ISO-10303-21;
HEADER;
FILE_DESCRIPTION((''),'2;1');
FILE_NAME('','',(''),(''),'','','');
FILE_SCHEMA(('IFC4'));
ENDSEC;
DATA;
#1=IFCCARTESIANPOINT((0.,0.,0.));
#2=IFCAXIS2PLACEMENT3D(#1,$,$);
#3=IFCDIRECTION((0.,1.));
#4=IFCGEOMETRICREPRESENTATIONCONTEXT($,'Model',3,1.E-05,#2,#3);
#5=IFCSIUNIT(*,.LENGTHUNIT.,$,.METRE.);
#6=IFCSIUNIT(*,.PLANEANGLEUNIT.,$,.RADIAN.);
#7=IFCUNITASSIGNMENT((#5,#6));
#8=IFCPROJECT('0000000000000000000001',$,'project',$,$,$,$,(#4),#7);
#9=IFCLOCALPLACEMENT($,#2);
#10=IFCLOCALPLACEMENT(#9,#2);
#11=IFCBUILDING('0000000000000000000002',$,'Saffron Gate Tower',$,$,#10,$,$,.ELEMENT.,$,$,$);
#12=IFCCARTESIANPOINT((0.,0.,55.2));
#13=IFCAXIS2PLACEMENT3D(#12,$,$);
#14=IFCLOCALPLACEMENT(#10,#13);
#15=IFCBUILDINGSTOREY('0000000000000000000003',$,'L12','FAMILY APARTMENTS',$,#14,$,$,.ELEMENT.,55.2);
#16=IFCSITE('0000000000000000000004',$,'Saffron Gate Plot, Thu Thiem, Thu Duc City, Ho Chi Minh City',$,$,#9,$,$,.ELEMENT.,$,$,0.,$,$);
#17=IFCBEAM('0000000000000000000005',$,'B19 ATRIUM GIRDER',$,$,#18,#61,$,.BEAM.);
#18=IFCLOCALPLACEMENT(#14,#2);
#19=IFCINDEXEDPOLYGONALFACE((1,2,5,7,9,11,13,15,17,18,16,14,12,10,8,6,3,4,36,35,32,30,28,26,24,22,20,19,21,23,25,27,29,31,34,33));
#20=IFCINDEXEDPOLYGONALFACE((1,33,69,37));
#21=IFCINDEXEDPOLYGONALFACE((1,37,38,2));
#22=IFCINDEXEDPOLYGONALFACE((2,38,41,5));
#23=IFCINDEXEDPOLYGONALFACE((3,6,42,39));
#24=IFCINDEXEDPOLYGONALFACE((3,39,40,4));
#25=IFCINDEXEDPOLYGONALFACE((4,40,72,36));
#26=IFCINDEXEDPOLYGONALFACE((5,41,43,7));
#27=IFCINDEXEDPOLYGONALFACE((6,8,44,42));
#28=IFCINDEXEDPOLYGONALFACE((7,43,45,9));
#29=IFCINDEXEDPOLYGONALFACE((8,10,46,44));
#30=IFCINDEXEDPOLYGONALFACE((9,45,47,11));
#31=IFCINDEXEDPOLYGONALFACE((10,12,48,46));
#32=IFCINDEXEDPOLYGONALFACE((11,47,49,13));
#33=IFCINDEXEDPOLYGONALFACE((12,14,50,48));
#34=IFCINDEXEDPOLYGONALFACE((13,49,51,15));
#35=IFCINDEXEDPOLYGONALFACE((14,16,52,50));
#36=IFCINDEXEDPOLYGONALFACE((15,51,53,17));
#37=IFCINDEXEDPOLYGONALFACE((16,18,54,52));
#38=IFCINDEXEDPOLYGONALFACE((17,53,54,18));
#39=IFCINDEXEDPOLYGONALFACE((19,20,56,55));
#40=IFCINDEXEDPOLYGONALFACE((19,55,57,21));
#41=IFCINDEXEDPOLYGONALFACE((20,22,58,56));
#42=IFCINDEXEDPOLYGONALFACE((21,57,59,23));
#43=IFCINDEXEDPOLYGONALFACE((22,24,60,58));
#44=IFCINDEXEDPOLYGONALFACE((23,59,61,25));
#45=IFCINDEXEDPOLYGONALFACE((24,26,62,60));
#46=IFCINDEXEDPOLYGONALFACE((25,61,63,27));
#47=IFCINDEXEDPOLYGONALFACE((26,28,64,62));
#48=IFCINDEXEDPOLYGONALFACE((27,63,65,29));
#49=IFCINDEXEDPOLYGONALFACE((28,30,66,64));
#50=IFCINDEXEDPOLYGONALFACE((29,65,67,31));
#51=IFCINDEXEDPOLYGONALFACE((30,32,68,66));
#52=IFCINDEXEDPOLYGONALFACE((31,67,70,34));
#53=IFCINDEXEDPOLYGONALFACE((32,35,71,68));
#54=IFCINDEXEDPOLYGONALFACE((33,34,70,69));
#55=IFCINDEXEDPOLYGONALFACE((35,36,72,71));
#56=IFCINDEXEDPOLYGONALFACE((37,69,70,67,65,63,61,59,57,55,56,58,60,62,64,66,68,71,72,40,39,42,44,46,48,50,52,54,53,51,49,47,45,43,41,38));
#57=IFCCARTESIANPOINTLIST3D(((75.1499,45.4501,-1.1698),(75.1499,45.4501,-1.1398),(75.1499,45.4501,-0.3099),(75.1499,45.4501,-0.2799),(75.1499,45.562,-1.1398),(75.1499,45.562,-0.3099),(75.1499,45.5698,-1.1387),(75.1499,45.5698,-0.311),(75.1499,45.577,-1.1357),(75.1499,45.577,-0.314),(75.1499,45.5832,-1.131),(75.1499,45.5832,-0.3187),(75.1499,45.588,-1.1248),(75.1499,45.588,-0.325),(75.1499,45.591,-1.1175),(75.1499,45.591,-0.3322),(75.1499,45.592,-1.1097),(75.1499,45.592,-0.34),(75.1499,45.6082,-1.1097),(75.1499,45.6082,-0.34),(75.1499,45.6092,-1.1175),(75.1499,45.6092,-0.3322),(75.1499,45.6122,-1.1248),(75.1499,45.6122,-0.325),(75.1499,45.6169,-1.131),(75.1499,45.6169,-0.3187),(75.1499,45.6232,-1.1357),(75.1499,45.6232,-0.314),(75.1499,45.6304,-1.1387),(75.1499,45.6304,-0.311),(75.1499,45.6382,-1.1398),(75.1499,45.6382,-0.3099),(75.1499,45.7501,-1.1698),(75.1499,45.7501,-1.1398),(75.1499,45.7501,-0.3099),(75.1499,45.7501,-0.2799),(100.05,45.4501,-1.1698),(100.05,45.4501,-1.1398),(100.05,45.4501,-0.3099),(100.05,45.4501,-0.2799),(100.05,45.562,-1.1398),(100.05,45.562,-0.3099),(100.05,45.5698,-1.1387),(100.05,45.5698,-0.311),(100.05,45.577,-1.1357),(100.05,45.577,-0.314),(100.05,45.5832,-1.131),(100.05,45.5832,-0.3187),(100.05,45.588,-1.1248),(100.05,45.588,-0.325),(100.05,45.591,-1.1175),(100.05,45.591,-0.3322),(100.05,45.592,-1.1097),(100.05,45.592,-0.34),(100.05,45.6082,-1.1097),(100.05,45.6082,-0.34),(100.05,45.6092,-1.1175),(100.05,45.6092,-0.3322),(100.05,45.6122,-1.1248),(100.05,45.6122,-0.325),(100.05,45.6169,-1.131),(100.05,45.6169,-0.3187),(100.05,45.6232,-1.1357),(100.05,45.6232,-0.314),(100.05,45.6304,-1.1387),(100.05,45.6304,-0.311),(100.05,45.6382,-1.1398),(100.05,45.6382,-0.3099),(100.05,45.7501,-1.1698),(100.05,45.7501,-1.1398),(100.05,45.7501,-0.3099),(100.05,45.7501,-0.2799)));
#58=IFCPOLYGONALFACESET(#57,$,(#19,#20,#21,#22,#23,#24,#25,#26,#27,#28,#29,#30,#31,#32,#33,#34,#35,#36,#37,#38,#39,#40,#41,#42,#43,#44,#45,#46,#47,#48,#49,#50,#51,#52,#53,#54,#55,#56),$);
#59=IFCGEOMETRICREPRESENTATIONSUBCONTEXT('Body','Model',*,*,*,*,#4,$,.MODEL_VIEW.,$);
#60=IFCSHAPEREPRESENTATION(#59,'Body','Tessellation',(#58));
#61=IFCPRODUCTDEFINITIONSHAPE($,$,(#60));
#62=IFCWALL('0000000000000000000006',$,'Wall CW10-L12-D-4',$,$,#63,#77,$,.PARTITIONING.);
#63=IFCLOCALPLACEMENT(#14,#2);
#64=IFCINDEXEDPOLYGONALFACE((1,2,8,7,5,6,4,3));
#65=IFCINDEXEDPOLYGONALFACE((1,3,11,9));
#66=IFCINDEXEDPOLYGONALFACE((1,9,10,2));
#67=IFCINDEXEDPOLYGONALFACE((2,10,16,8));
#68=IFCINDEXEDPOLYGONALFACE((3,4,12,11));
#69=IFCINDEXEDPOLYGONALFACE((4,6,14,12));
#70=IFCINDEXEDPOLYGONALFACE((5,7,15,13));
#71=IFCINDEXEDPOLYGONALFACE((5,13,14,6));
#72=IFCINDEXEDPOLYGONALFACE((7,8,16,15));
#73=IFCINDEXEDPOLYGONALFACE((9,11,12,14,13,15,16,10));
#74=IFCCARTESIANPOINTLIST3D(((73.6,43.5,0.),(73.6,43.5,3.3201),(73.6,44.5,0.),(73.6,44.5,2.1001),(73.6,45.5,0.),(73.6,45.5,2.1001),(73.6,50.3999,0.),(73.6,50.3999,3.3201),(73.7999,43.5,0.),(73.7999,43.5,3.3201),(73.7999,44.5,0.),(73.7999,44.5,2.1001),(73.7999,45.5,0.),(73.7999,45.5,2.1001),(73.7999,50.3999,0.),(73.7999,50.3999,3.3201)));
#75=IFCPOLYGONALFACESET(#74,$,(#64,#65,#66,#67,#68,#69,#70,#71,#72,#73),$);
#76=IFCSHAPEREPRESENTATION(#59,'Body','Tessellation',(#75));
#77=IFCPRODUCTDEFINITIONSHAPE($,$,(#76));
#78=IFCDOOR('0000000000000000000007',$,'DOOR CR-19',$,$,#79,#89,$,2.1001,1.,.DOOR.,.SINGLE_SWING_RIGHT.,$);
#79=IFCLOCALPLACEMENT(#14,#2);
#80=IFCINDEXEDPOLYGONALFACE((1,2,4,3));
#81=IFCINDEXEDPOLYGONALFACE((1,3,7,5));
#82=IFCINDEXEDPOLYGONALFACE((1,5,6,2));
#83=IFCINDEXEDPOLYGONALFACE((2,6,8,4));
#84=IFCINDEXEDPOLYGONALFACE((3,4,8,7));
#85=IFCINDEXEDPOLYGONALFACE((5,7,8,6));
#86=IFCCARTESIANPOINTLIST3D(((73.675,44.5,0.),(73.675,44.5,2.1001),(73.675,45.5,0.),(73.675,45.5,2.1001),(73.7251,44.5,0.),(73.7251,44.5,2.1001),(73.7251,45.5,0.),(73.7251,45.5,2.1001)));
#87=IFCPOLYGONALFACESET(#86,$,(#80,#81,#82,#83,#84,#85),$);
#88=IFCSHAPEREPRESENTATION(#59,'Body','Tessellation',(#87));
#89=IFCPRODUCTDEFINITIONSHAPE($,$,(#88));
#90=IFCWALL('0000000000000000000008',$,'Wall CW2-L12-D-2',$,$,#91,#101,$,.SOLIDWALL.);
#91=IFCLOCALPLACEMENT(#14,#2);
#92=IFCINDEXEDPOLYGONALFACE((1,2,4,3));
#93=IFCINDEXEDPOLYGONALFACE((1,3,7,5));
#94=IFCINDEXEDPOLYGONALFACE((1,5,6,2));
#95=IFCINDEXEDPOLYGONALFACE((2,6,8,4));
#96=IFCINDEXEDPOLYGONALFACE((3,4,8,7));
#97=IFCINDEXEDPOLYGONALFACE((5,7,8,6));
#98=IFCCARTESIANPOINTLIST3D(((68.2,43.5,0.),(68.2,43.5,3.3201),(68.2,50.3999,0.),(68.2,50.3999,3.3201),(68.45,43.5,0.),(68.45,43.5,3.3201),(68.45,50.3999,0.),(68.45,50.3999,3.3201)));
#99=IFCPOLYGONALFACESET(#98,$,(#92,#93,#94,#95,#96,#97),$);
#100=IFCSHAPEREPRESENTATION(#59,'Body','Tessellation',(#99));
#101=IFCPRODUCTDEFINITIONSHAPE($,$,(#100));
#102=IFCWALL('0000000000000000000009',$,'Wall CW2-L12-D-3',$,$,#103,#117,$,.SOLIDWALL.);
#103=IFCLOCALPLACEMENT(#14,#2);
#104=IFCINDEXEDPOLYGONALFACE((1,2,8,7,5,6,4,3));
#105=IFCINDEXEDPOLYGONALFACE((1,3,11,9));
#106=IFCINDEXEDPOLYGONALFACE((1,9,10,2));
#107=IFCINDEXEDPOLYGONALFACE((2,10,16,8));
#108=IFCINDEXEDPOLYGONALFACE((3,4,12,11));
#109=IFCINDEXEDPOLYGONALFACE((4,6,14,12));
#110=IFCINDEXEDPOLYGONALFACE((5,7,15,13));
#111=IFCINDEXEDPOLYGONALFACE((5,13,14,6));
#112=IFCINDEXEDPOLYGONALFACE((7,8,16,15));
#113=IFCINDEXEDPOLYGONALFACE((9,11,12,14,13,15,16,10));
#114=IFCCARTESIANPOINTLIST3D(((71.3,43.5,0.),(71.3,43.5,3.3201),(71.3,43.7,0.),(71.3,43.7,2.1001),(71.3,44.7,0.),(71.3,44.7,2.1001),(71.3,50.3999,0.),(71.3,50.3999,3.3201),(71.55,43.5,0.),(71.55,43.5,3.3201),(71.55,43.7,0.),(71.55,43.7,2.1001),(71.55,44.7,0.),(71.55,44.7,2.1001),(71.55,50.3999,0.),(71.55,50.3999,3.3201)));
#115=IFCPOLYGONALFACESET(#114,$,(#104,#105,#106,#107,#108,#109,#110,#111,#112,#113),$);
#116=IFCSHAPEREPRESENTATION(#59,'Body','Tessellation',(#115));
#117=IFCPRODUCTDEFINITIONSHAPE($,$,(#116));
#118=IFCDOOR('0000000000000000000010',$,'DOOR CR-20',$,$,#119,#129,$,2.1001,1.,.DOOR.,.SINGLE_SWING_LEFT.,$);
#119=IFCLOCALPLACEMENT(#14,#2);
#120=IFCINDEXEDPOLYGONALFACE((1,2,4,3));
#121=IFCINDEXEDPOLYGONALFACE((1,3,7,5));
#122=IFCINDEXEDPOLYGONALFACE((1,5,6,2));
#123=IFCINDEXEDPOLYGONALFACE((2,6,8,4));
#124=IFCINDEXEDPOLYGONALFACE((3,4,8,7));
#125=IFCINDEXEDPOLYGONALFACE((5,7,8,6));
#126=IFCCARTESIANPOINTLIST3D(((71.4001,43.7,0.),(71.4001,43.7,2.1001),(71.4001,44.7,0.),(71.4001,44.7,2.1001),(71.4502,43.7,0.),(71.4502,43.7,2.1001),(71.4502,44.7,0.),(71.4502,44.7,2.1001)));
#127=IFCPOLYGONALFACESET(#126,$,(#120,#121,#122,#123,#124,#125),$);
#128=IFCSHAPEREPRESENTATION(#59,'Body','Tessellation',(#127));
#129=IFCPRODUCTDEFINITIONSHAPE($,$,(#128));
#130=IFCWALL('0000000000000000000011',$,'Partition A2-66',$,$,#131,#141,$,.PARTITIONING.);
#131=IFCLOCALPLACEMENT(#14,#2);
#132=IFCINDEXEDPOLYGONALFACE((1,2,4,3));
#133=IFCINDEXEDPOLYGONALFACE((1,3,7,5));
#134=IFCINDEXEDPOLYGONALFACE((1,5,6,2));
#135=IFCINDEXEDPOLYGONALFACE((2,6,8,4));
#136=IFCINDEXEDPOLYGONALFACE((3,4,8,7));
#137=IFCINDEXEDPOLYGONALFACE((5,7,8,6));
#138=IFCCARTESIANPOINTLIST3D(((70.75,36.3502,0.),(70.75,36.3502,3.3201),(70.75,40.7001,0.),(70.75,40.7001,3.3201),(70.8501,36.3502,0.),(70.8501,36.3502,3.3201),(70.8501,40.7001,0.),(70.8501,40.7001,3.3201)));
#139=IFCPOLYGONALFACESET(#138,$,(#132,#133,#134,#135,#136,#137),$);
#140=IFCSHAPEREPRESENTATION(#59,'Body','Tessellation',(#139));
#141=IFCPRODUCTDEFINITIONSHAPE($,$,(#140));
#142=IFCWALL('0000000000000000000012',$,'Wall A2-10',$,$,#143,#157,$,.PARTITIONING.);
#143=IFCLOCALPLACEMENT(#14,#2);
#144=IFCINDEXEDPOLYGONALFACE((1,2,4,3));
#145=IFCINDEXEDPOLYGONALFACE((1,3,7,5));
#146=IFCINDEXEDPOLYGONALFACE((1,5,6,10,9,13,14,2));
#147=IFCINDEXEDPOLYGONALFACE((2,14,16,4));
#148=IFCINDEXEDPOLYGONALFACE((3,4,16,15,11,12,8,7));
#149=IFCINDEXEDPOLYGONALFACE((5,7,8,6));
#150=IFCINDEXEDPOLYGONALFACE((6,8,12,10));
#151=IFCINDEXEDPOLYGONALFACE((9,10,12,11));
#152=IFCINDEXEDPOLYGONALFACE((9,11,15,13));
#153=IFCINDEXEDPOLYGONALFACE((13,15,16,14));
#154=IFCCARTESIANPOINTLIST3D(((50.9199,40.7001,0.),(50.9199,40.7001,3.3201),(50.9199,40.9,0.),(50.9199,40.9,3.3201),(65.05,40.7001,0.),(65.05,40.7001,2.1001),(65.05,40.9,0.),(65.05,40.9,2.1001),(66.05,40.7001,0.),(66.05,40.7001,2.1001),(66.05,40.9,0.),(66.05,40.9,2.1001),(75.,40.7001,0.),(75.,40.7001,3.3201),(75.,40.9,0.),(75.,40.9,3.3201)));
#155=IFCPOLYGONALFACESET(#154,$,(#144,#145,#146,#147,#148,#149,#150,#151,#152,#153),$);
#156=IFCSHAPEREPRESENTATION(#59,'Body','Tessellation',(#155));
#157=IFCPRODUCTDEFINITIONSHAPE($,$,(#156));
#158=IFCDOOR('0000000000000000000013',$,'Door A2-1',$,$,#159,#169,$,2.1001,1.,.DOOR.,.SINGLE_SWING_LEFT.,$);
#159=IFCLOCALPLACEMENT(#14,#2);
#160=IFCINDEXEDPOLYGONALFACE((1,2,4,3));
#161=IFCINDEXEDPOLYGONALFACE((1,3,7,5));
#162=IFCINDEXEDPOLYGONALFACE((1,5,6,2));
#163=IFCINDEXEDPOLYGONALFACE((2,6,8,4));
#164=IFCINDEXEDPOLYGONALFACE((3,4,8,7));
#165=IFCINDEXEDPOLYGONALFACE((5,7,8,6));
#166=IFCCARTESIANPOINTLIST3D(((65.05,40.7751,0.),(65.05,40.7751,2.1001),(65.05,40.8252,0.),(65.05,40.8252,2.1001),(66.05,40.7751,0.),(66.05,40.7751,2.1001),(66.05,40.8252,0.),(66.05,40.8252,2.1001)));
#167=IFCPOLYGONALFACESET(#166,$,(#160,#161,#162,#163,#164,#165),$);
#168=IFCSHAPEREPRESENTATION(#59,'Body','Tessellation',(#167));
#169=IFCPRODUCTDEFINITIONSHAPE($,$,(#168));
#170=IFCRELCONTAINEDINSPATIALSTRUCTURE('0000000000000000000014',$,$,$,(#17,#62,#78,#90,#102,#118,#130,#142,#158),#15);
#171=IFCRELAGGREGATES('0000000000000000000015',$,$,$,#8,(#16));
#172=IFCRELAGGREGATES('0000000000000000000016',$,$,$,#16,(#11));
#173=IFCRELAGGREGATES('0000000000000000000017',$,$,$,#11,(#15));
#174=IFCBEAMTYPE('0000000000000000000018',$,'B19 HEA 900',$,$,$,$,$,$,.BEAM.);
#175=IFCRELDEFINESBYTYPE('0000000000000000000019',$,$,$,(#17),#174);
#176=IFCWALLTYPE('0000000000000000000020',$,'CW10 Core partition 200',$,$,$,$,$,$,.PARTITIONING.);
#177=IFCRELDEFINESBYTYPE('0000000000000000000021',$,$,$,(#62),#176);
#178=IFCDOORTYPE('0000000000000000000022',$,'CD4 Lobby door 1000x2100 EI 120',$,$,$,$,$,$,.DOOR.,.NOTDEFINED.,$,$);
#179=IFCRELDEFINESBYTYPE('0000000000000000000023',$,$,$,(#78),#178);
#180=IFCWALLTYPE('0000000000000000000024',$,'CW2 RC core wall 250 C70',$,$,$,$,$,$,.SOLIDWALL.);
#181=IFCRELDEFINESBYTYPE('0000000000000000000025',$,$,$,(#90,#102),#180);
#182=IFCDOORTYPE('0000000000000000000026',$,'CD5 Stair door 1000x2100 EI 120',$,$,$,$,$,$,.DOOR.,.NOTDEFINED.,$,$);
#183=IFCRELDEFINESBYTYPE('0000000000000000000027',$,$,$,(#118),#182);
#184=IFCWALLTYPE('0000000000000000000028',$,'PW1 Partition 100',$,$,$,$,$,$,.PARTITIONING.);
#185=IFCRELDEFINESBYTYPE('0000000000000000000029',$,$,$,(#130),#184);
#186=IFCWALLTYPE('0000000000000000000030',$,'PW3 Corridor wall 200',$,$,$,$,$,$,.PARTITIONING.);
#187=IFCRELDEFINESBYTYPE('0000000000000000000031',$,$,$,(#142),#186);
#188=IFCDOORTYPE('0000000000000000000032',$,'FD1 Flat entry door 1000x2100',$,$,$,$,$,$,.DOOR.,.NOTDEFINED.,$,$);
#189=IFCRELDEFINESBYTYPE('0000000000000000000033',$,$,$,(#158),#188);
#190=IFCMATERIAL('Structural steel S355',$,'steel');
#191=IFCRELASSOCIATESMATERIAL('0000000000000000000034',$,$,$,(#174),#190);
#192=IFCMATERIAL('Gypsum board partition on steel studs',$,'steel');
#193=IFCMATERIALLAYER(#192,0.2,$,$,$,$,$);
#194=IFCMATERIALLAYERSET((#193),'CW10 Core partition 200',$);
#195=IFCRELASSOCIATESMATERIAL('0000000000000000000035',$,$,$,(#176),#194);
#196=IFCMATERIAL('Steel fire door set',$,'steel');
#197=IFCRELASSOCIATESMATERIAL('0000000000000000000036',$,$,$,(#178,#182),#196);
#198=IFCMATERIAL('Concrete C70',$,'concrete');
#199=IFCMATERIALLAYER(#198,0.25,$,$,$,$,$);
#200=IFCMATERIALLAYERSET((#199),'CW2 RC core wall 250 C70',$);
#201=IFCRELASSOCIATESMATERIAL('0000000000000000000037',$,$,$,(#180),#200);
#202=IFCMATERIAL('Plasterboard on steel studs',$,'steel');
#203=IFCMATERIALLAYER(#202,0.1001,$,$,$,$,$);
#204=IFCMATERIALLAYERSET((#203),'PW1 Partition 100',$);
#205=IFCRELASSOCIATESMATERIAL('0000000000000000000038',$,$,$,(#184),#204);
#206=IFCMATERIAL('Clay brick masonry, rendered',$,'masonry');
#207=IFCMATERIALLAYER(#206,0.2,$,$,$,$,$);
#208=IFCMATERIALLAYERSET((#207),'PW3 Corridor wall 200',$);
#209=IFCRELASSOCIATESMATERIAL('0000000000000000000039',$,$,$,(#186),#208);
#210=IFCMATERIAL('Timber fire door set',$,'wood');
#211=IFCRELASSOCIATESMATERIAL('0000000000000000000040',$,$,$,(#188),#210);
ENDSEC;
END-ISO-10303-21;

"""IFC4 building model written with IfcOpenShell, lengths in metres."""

from ifc_helpers import new_model, si_unit, direction, frame, frame_2d, origin, origin_2d, place, context, subcontext, project, spatial, rectangle, i_section, extrude, material, layer, layer_set, material_profile, profile_set, type_object, element, fill, save


model = new_model("IFC4")

# Units and contexts
model_context = context("Model", 3, precision=1e-05, world=origin(), true_north=direction((0.0, 1.0)))
body_context = subcontext(model_context, "Body", "Model", "MODEL_VIEW")
ifc_project = project(units=[si_unit("LENGTHUNIT", "METRE"), si_unit("PLANEANGLEUNIT", "RADIAN")], contexts=[model_context])

# Site, building, storey
site_placement = place(None, origin())
site = spatial("IfcSite", under=ifc_project, at=site_placement, Name="Saffron Gate Plot, Thu Thiem, Thu Duc City, Ho Chi Minh City", CompositionType="ELEMENT", RefElevation=0.0)
building_placement = place(site_placement, origin())
building = spatial("IfcBuilding", under=site, at=building_placement, Name="Saffron Gate Tower", CompositionType="ELEMENT")
storey_placement = place(building_placement, frame((0.0, 0.0, 55.2)))
storey = spatial("IfcBuildingStorey", under=building, at=storey_placement, Name="L12", Description="FAMILY APARTMENTS", CompositionType="ELEMENT", Elevation=55.2)

# Beam
ifc_material_1 = material(Name="Structural steel S355", Category="steel")
ifc_material_profile = material_profile(ifc_material_1, i_section(OverallWidth=0.3, OverallDepth=0.8899, WebThickness=0.0161, FlangeThickness=0.03, FilletRadius=0.03, at=origin_2d()))
ifc_profile_set = profile_set([ifc_material_profile], Name="Structural steel S355")
beam_type = type_object("IfcBeamType", Name="B19 HEA 900", PredefinedType="BEAM", material=ifc_profile_set)
beam_placement = place(storey_placement, frame((75.1499, 45.6001, -0.7249), z_axis=(1.0, 0.0, 0.0), x_axis=(0.0, 1.0, 0.0)))
element("IfcBeam", 1, at=beam_placement, inside=storey, type_object=beam_type, Name="B19 ATRIUM GIRDER", PredefinedType="BEAM", context=body_context, shape_type="SweptSolid", body=[
    extrude(i_section(OverallWidth=0.3, OverallDepth=0.8899, WebThickness=0.0161, FlangeThickness=0.03, FilletRadius=0.03, at=origin_2d()), origin(), (0.0, 0.0, 1.0), 24.9001),
])

# Wall, opening, door
ifc_material_2 = material(Name="Gypsum board partition on steel studs", Category="steel")
ifc_layer_1 = layer(ifc_material_2, 0.2)
ifc_layer_set_1 = layer_set([ifc_layer_1], Name="CW10 Core partition 200")
wall_type_1 = type_object("IfcWallType", Name="CW10 Core partition 200", PredefinedType="PARTITIONING", material=ifc_layer_set_1)
wall_1_placement = place(storey_placement, frame((73.7, 43.5, 0.0), z_axis=(0.0, 0.0, 1.0), x_axis=(0.0, 1.0, 0.0)))
wall_1 = element("IfcWall", 2, at=wall_1_placement, inside=storey, type_object=wall_type_1, Name="Wall CW10-L12-D-4", PredefinedType="PARTITIONING", context=body_context, shape_type="SweptSolid", body=[
    extrude(rectangle(XDim=6.8999, YDim=0.2, at=frame_2d((3.45, 0.0))), origin(), (0.0, 0.0, 1.0), 3.3201),
])
opening_1_placement = place(wall_1_placement, frame((1.0, 0.0, 0.0)))
opening_1 = element("IfcOpeningElement", 3, at=opening_1_placement, cuts=wall_1, PredefinedType="OPENING", context=body_context, shape_type="SweptSolid", body=[
    extrude(rectangle(XDim=1.0, YDim=2.1001, at=frame_2d((0.5, 1.05))), frame((0.0, 0.1099, 0.0), z_axis=(0.0, -1.0, 0.0), x_axis=(1.0, 0.0, 0.0)), (0.0, 0.0, 1.0), 0.22),
])
ifc_material_3 = material(Name="Steel fire door set", Category="steel")
door_type_1 = type_object("IfcDoorType", Name="CD4 Lobby door 1000x2100 EI 120", OperationType="NOTDEFINED", PredefinedType="DOOR", material=ifc_material_3)
door_1_placement = place(opening_1_placement, origin())
door_1 = element("IfcDoor", 4, at=door_1_placement, inside=storey, type_object=door_type_1, Name="DOOR CR-19", OperationType="SINGLE_SWING_RIGHT", OverallHeight=2.1001, OverallWidth=1.0, PredefinedType="DOOR", context=body_context, shape_type="SweptSolid", body=[
    extrude(rectangle(XDim=1.0, YDim=2.1001, at=frame_2d((0.5, 1.05))), frame((0.0, 0.0249, 0.0), z_axis=(0.0, -1.0, 0.0), x_axis=(1.0, 0.0, 0.0)), (0.0, 0.0, 1.0), 0.05),
])
fill(opening_1, door_1)

# Wall
ifc_material_4 = material(Name="Concrete C70", Category="concrete")
ifc_layer_2 = layer(ifc_material_4, 0.25)
ifc_layer_set_2 = layer_set([ifc_layer_2], Name="CW2 RC core wall 250 C70")
wall_type_2 = type_object("IfcWallType", Name="CW2 RC core wall 250 C70", PredefinedType="SOLIDWALL", material=ifc_layer_set_2)
wall_2_placement = place(storey_placement, frame((68.325, 43.5, 0.0), z_axis=(0.0, 0.0, 1.0), x_axis=(0.0, 1.0, 0.0)))
element("IfcWall", 5, at=wall_2_placement, inside=storey, type_object=wall_type_2, Name="Wall CW2-L12-D-2", PredefinedType="SOLIDWALL", context=body_context, shape_type="SweptSolid", body=[
    extrude(rectangle(XDim=6.8999, YDim=0.25, at=frame_2d((3.45, 0.0))), origin(), (0.0, 0.0, 1.0), 3.3201),
])

# Wall, opening, door
wall_3_placement = place(storey_placement, frame((71.425, 43.5, 0.0), z_axis=(0.0, 0.0, 1.0), x_axis=(0.0, 1.0, 0.0)))
wall_3 = element("IfcWall", 6, at=wall_3_placement, inside=storey, type_object=wall_type_2, Name="Wall CW2-L12-D-3", PredefinedType="SOLIDWALL", context=body_context, shape_type="SweptSolid", body=[
    extrude(rectangle(XDim=6.8999, YDim=0.25, at=frame_2d((3.45, 0.0))), origin(), (0.0, 0.0, 1.0), 3.3201),
])
opening_2_placement = place(wall_3_placement, frame((0.2, 0.0, 0.0)))
opening_2 = element("IfcOpeningElement", 7, at=opening_2_placement, cuts=wall_3, PredefinedType="OPENING", context=body_context, shape_type="SweptSolid", body=[
    extrude(rectangle(XDim=1.0, YDim=2.1001, at=frame_2d((0.5, 1.05))), frame((0.0, 0.135, 0.0), z_axis=(0.0, -1.0, 0.0), x_axis=(1.0, 0.0, 0.0)), (0.0, 0.0, 1.0), 0.27),
])
door_type_2 = type_object("IfcDoorType", Name="CD5 Stair door 1000x2100 EI 120", OperationType="NOTDEFINED", PredefinedType="DOOR", material=ifc_material_3)
door_2_placement = place(opening_2_placement, origin())
door_2 = element("IfcDoor", 8, at=door_2_placement, inside=storey, type_object=door_type_2, Name="DOOR CR-20", OperationType="SINGLE_SWING_LEFT", OverallHeight=2.1001, OverallWidth=1.0, PredefinedType="DOOR", context=body_context, shape_type="SweptSolid", body=[
    extrude(rectangle(XDim=1.0, YDim=2.1001, at=frame_2d((0.5, 1.05))), frame((0.0, 0.0249, 0.0), z_axis=(0.0, -1.0, 0.0), x_axis=(1.0, 0.0, 0.0)), (0.0, 0.0, 1.0), 0.05),
])
fill(opening_2, door_2)

# Wall
ifc_material_5 = material(Name="Plasterboard on steel studs", Category="steel")
ifc_layer_3 = layer(ifc_material_5, 0.1001)
ifc_layer_set_3 = layer_set([ifc_layer_3], Name="PW1 Partition 100")
wall_type_3 = type_object("IfcWallType", Name="PW1 Partition 100", PredefinedType="PARTITIONING", material=ifc_layer_set_3)
wall_4_placement = place(storey_placement, frame((70.8, 40.7, 0.0), z_axis=(0.0, 0.0, 1.0), x_axis=(0.0, -1.0, 0.0)))
element("IfcWall", 9, at=wall_4_placement, inside=storey, type_object=wall_type_3, Name="Partition A2-66", PredefinedType="PARTITIONING", context=body_context, shape_type="SweptSolid", body=[
    extrude(rectangle(XDim=4.3499, YDim=0.1001, at=frame_2d((2.1748, 0.0))), origin(), (0.0, 0.0, 1.0), 3.3201),
])

# Wall, opening, door
ifc_material_6 = material(Name="Clay brick masonry, rendered", Category="masonry")
ifc_layer_4 = layer(ifc_material_6, 0.2)
ifc_layer_set_4 = layer_set([ifc_layer_4], Name="PW3 Corridor wall 200")
wall_type_4 = type_object("IfcWallType", Name="PW3 Corridor wall 200", PredefinedType="PARTITIONING", material=ifc_layer_set_4)
wall_5_placement = place(storey_placement, frame((75.0, 40.8, 0.0), z_axis=(0.0, 0.0, 1.0), x_axis=(-1.0, 0.0, 0.0)))
wall_5 = element("IfcWall", 10, at=wall_5_placement, inside=storey, type_object=wall_type_4, Name="Wall A2-10", PredefinedType="PARTITIONING", context=body_context, shape_type="SweptSolid", body=[
    extrude(rectangle(XDim=24.0801, YDim=0.2, at=frame_2d((12.04, 0.0))), origin(), (0.0, 0.0, 1.0), 3.3201),
])
opening_3_placement = place(wall_5_placement, frame((8.95, 0.0, 0.0)))
opening_3 = element("IfcOpeningElement", 11, at=opening_3_placement, cuts=wall_5, PredefinedType="OPENING", context=body_context, shape_type="SweptSolid", body=[
    extrude(rectangle(XDim=1.0, YDim=2.1001, at=frame_2d((0.5, 1.05))), frame((0.0, 0.1099, 0.0), z_axis=(0.0, -1.0, 0.0), x_axis=(1.0, 0.0, 0.0)), (0.0, 0.0, 1.0), 0.22),
])
ifc_material_7 = material(Name="Timber fire door set", Category="wood")
door_type_3 = type_object("IfcDoorType", Name="FD1 Flat entry door 1000x2100", OperationType="NOTDEFINED", PredefinedType="DOOR", material=ifc_material_7)
door_3_placement = place(opening_3_placement, origin())
door_3 = element("IfcDoor", 12, at=door_3_placement, inside=storey, type_object=door_type_3, Name="Door A2-1", OperationType="SINGLE_SWING_LEFT", OverallHeight=2.1001, OverallWidth=1.0, PredefinedType="DOOR", context=body_context, shape_type="SweptSolid", body=[
    extrude(rectangle(XDim=1.0, YDim=2.1001, at=frame_2d((0.5, 1.05))), frame((0.0, 0.0249, 0.0), z_axis=(0.0, -1.0, 0.0), x_axis=(1.0, 0.0, 0.0)), (0.0, 0.0, 1.0), 0.05),
])
fill(opening_3, door_3)

save(model, "model.ifc")
